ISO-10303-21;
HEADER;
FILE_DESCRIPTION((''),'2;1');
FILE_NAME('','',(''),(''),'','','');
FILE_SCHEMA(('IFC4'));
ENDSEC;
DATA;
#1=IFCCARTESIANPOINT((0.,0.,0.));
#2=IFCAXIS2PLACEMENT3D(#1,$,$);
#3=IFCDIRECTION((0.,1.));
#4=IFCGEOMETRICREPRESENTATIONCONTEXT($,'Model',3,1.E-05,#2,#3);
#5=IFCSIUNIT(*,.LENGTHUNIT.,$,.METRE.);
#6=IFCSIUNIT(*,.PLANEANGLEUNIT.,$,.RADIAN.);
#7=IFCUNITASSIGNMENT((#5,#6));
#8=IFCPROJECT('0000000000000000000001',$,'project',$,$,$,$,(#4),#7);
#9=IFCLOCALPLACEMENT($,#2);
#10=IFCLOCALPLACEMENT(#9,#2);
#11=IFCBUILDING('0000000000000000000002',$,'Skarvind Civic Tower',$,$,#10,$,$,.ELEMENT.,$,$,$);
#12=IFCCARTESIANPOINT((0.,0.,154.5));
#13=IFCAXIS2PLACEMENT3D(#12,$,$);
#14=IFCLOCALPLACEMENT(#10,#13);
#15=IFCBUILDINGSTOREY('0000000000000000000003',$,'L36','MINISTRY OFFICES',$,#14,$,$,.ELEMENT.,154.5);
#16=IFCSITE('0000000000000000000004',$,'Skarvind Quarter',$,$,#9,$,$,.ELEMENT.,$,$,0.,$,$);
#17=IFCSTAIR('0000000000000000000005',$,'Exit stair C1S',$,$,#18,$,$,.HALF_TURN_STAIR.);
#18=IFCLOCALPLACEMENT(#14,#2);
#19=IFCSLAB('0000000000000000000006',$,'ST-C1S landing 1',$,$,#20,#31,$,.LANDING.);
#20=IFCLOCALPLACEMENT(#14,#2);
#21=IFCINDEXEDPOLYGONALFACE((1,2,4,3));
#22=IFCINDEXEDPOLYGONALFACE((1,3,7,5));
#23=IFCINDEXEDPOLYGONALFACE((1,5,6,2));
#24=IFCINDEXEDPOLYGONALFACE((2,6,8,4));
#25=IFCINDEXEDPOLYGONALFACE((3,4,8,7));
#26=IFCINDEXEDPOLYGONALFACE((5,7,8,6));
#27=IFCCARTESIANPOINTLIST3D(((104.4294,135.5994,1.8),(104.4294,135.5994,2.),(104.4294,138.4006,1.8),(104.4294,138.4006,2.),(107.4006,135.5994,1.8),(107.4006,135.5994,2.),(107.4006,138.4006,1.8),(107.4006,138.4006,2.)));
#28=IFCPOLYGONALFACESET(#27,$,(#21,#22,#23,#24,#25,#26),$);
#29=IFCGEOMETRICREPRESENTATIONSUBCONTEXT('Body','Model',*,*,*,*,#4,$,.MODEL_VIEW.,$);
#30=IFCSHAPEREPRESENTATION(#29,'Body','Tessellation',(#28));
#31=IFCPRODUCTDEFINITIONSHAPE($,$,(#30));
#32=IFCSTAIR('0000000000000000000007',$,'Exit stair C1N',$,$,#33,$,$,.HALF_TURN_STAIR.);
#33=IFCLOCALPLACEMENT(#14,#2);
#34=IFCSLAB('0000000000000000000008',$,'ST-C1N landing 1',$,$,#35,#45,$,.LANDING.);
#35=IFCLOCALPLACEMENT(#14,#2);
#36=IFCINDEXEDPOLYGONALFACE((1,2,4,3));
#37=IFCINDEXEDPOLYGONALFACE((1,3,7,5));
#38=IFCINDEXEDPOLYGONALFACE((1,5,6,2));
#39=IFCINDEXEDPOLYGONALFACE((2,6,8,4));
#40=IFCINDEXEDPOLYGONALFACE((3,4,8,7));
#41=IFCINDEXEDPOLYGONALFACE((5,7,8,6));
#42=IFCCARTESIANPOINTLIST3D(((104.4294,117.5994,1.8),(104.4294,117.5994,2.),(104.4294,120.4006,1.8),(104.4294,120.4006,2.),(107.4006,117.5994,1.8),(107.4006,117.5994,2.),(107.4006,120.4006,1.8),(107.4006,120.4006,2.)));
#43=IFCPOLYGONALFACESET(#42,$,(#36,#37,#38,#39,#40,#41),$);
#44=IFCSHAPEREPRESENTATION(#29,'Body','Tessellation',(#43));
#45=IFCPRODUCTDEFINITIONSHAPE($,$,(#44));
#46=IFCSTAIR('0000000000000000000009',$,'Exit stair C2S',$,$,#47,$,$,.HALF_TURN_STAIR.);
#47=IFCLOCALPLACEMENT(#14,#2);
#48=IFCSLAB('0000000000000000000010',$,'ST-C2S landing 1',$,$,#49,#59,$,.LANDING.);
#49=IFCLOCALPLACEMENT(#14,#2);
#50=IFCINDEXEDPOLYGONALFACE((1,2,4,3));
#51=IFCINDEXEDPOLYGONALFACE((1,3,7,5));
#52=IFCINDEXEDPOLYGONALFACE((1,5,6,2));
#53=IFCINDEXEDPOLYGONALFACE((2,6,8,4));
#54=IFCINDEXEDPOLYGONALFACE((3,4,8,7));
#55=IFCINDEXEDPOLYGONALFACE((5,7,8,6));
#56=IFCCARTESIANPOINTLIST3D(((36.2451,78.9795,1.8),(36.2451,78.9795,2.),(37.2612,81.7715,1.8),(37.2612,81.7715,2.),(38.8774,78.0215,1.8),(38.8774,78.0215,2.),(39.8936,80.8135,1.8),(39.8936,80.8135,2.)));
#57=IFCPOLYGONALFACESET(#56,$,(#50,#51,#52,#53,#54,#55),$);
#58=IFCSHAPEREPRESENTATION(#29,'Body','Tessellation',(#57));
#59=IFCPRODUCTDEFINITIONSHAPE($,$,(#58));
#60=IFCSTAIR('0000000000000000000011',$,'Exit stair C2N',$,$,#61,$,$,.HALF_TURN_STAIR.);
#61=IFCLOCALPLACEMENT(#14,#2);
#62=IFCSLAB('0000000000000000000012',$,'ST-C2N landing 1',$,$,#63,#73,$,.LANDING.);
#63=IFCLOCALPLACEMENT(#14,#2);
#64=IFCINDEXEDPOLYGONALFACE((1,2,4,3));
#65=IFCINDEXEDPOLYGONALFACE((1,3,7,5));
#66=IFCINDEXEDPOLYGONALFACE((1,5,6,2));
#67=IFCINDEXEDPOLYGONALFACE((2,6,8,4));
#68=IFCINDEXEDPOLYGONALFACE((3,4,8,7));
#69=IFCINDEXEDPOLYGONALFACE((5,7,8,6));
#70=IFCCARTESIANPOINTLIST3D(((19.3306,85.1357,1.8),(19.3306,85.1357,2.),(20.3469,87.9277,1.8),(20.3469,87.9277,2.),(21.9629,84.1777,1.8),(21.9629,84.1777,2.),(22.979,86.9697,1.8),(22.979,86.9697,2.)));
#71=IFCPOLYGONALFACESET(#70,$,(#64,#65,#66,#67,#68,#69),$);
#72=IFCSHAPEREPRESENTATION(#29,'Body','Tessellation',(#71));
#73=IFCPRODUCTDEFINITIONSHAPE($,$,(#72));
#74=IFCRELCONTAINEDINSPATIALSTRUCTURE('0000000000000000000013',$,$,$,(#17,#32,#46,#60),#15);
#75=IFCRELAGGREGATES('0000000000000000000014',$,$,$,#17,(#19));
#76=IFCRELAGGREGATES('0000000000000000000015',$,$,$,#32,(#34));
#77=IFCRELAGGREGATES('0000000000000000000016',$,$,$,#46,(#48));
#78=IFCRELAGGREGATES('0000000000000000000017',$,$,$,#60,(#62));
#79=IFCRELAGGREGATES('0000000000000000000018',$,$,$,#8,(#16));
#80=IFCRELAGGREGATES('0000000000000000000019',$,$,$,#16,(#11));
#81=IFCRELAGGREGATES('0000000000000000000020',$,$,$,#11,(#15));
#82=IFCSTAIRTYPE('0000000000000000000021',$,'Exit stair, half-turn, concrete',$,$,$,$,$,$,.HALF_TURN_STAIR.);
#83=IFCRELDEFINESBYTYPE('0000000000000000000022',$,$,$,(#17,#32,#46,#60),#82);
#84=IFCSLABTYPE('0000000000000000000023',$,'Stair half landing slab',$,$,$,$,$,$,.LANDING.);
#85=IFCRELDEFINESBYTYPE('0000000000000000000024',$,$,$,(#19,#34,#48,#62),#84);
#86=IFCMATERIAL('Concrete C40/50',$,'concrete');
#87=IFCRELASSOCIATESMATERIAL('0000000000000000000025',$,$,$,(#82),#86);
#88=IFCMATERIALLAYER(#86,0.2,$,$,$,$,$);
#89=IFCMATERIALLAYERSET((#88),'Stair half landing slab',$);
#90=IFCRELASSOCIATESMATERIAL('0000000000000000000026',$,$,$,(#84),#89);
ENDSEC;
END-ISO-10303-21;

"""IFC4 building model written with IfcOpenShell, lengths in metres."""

from ifc_helpers import new_model, si_unit, direction, frame, origin, place, context, subcontext, project, spatial, polyline, outline, extrude, material, layer, layer_set, type_object, element, aggregate, save


model = new_model("IFC4")

# Units and contexts
model_context = context("Model", 3, precision=1e-05, world=origin(), true_north=direction((0.0, 1.0)))
body_context = subcontext(model_context, "Body", "Model", "MODEL_VIEW")
ifc_project = project(units=[si_unit("LENGTHUNIT", "METRE"), si_unit("PLANEANGLEUNIT", "RADIAN")], contexts=[model_context])

# Site, building, storey
site_placement = place(None, origin())
site = spatial("IfcSite", under=ifc_project, at=site_placement, Name="Skarvind Quarter", CompositionType="ELEMENT", RefElevation=0.0)
building_placement = place(site_placement, origin())
building = spatial("IfcBuilding", under=site, at=building_placement, Name="Skarvind Civic Tower", CompositionType="ELEMENT")
storey_placement = place(building_placement, frame((0.0, 0.0, 154.5)))
storey = spatial("IfcBuildingStorey", under=building, at=storey_placement, Name="L36", Description="MINISTRY OFFICES", CompositionType="ELEMENT", Elevation=154.5)

# Shared definitions
ifc_material_1 = material(Name="Concrete C40/50", Category="concrete")

# Stairs, slabs
stair_type = type_object("IfcStairType", Name="Exit stair, half-turn, concrete", PredefinedType="HALF_TURN_STAIR", material=ifc_material_1)
stair_1_placement = place(storey_placement, origin())
stair_1 = element("IfcStair", 1, at=stair_1_placement, inside=storey, type_object=stair_type, Name="Exit stair C1S", PredefinedType="HALF_TURN_STAIR")
ifc_layer_1 = layer(ifc_material_1, 0.2)
ifc_layer_set_1 = layer_set([ifc_layer_1], Name="Stair half landing slab")
slab_type_1 = type_object("IfcSlabType", Name="Stair half landing slab", PredefinedType="LANDING", material=ifc_layer_set_1)
slab_1_placement = place(storey_placement, frame((0.0, 0.0, 1.8)))
slab_1 = element("IfcSlab", 2, at=slab_1_placement, type_object=slab_type_1, Name="ST-C1S landing 1", PredefinedType="LANDING", context=body_context, shape_type="SweptSolid", body=[
    extrude(outline(polyline([(104.4294, 135.5994), (104.4294, 138.4006), (107.4006, 138.4006), (107.4006, 135.5994), (104.4294, 135.5994)])), origin(), (0.0, 0.0, 1.0), 0.2),
])
aggregate(stair_1, [slab_1])
stair_2_placement = place(storey_placement, origin())
stair_2 = element("IfcStair", 3, at=stair_2_placement, inside=storey, type_object=stair_type, Name="Exit stair C1N", PredefinedType="HALF_TURN_STAIR")
slab_2_placement = place(storey_placement, frame((0.0, 0.0, 1.8)))
slab_2 = element("IfcSlab", 4, at=slab_2_placement, type_object=slab_type_1, Name="ST-C1N landing 1", PredefinedType="LANDING", context=body_context, shape_type="SweptSolid", body=[
    extrude(outline(polyline([(104.4294, 117.5994), (104.4294, 120.4006), (107.4006, 120.4006), (107.4006, 117.5994), (104.4294, 117.5994)])), origin(), (0.0, 0.0, 1.0), 0.2),
])
aggregate(stair_2, [slab_2])
stair_3_placement = place(storey_placement, origin())
stair_3 = element("IfcStair", 5, at=stair_3_placement, inside=storey, type_object=stair_type, Name="Exit stair C2S", PredefinedType="HALF_TURN_STAIR")
slab_3_placement = place(storey_placement, frame((0.0, 0.0, 1.8)))
slab_3 = element("IfcSlab", 6, at=slab_3_placement, type_object=slab_type_1, Name="ST-C2S landing 1", PredefinedType="LANDING", context=body_context, shape_type="SweptSolid", body=[
    extrude(outline(polyline([(37.2612, 81.7715), (39.8936, 80.8135), (38.8774, 78.0215), (36.2451, 78.9795), (37.2612, 81.7715)])), origin(), (0.0, 0.0, 1.0), 0.2),
])
aggregate(stair_3, [slab_3])
stair_4_placement = place(storey_placement, origin())
stair_4 = element("IfcStair", 7, at=stair_4_placement, inside=storey, type_object=stair_type, Name="Exit stair C2N", PredefinedType="HALF_TURN_STAIR")
slab_4_placement = place(storey_placement, frame((0.0, 0.0, 1.8)))
slab_4 = element("IfcSlab", 8, at=slab_4_placement, type_object=slab_type_1, Name="ST-C2N landing 1", PredefinedType="LANDING", context=body_context, shape_type="SweptSolid", body=[
    extrude(outline(polyline([(20.3469, 87.9277), (22.979, 86.9697), (21.9629, 84.1777), (19.3306, 85.1357), (20.3469, 87.9277)])), origin(), (0.0, 0.0, 1.0), 0.2),
])
aggregate(stair_4, [slab_4])

save(model, "model.ifc")
